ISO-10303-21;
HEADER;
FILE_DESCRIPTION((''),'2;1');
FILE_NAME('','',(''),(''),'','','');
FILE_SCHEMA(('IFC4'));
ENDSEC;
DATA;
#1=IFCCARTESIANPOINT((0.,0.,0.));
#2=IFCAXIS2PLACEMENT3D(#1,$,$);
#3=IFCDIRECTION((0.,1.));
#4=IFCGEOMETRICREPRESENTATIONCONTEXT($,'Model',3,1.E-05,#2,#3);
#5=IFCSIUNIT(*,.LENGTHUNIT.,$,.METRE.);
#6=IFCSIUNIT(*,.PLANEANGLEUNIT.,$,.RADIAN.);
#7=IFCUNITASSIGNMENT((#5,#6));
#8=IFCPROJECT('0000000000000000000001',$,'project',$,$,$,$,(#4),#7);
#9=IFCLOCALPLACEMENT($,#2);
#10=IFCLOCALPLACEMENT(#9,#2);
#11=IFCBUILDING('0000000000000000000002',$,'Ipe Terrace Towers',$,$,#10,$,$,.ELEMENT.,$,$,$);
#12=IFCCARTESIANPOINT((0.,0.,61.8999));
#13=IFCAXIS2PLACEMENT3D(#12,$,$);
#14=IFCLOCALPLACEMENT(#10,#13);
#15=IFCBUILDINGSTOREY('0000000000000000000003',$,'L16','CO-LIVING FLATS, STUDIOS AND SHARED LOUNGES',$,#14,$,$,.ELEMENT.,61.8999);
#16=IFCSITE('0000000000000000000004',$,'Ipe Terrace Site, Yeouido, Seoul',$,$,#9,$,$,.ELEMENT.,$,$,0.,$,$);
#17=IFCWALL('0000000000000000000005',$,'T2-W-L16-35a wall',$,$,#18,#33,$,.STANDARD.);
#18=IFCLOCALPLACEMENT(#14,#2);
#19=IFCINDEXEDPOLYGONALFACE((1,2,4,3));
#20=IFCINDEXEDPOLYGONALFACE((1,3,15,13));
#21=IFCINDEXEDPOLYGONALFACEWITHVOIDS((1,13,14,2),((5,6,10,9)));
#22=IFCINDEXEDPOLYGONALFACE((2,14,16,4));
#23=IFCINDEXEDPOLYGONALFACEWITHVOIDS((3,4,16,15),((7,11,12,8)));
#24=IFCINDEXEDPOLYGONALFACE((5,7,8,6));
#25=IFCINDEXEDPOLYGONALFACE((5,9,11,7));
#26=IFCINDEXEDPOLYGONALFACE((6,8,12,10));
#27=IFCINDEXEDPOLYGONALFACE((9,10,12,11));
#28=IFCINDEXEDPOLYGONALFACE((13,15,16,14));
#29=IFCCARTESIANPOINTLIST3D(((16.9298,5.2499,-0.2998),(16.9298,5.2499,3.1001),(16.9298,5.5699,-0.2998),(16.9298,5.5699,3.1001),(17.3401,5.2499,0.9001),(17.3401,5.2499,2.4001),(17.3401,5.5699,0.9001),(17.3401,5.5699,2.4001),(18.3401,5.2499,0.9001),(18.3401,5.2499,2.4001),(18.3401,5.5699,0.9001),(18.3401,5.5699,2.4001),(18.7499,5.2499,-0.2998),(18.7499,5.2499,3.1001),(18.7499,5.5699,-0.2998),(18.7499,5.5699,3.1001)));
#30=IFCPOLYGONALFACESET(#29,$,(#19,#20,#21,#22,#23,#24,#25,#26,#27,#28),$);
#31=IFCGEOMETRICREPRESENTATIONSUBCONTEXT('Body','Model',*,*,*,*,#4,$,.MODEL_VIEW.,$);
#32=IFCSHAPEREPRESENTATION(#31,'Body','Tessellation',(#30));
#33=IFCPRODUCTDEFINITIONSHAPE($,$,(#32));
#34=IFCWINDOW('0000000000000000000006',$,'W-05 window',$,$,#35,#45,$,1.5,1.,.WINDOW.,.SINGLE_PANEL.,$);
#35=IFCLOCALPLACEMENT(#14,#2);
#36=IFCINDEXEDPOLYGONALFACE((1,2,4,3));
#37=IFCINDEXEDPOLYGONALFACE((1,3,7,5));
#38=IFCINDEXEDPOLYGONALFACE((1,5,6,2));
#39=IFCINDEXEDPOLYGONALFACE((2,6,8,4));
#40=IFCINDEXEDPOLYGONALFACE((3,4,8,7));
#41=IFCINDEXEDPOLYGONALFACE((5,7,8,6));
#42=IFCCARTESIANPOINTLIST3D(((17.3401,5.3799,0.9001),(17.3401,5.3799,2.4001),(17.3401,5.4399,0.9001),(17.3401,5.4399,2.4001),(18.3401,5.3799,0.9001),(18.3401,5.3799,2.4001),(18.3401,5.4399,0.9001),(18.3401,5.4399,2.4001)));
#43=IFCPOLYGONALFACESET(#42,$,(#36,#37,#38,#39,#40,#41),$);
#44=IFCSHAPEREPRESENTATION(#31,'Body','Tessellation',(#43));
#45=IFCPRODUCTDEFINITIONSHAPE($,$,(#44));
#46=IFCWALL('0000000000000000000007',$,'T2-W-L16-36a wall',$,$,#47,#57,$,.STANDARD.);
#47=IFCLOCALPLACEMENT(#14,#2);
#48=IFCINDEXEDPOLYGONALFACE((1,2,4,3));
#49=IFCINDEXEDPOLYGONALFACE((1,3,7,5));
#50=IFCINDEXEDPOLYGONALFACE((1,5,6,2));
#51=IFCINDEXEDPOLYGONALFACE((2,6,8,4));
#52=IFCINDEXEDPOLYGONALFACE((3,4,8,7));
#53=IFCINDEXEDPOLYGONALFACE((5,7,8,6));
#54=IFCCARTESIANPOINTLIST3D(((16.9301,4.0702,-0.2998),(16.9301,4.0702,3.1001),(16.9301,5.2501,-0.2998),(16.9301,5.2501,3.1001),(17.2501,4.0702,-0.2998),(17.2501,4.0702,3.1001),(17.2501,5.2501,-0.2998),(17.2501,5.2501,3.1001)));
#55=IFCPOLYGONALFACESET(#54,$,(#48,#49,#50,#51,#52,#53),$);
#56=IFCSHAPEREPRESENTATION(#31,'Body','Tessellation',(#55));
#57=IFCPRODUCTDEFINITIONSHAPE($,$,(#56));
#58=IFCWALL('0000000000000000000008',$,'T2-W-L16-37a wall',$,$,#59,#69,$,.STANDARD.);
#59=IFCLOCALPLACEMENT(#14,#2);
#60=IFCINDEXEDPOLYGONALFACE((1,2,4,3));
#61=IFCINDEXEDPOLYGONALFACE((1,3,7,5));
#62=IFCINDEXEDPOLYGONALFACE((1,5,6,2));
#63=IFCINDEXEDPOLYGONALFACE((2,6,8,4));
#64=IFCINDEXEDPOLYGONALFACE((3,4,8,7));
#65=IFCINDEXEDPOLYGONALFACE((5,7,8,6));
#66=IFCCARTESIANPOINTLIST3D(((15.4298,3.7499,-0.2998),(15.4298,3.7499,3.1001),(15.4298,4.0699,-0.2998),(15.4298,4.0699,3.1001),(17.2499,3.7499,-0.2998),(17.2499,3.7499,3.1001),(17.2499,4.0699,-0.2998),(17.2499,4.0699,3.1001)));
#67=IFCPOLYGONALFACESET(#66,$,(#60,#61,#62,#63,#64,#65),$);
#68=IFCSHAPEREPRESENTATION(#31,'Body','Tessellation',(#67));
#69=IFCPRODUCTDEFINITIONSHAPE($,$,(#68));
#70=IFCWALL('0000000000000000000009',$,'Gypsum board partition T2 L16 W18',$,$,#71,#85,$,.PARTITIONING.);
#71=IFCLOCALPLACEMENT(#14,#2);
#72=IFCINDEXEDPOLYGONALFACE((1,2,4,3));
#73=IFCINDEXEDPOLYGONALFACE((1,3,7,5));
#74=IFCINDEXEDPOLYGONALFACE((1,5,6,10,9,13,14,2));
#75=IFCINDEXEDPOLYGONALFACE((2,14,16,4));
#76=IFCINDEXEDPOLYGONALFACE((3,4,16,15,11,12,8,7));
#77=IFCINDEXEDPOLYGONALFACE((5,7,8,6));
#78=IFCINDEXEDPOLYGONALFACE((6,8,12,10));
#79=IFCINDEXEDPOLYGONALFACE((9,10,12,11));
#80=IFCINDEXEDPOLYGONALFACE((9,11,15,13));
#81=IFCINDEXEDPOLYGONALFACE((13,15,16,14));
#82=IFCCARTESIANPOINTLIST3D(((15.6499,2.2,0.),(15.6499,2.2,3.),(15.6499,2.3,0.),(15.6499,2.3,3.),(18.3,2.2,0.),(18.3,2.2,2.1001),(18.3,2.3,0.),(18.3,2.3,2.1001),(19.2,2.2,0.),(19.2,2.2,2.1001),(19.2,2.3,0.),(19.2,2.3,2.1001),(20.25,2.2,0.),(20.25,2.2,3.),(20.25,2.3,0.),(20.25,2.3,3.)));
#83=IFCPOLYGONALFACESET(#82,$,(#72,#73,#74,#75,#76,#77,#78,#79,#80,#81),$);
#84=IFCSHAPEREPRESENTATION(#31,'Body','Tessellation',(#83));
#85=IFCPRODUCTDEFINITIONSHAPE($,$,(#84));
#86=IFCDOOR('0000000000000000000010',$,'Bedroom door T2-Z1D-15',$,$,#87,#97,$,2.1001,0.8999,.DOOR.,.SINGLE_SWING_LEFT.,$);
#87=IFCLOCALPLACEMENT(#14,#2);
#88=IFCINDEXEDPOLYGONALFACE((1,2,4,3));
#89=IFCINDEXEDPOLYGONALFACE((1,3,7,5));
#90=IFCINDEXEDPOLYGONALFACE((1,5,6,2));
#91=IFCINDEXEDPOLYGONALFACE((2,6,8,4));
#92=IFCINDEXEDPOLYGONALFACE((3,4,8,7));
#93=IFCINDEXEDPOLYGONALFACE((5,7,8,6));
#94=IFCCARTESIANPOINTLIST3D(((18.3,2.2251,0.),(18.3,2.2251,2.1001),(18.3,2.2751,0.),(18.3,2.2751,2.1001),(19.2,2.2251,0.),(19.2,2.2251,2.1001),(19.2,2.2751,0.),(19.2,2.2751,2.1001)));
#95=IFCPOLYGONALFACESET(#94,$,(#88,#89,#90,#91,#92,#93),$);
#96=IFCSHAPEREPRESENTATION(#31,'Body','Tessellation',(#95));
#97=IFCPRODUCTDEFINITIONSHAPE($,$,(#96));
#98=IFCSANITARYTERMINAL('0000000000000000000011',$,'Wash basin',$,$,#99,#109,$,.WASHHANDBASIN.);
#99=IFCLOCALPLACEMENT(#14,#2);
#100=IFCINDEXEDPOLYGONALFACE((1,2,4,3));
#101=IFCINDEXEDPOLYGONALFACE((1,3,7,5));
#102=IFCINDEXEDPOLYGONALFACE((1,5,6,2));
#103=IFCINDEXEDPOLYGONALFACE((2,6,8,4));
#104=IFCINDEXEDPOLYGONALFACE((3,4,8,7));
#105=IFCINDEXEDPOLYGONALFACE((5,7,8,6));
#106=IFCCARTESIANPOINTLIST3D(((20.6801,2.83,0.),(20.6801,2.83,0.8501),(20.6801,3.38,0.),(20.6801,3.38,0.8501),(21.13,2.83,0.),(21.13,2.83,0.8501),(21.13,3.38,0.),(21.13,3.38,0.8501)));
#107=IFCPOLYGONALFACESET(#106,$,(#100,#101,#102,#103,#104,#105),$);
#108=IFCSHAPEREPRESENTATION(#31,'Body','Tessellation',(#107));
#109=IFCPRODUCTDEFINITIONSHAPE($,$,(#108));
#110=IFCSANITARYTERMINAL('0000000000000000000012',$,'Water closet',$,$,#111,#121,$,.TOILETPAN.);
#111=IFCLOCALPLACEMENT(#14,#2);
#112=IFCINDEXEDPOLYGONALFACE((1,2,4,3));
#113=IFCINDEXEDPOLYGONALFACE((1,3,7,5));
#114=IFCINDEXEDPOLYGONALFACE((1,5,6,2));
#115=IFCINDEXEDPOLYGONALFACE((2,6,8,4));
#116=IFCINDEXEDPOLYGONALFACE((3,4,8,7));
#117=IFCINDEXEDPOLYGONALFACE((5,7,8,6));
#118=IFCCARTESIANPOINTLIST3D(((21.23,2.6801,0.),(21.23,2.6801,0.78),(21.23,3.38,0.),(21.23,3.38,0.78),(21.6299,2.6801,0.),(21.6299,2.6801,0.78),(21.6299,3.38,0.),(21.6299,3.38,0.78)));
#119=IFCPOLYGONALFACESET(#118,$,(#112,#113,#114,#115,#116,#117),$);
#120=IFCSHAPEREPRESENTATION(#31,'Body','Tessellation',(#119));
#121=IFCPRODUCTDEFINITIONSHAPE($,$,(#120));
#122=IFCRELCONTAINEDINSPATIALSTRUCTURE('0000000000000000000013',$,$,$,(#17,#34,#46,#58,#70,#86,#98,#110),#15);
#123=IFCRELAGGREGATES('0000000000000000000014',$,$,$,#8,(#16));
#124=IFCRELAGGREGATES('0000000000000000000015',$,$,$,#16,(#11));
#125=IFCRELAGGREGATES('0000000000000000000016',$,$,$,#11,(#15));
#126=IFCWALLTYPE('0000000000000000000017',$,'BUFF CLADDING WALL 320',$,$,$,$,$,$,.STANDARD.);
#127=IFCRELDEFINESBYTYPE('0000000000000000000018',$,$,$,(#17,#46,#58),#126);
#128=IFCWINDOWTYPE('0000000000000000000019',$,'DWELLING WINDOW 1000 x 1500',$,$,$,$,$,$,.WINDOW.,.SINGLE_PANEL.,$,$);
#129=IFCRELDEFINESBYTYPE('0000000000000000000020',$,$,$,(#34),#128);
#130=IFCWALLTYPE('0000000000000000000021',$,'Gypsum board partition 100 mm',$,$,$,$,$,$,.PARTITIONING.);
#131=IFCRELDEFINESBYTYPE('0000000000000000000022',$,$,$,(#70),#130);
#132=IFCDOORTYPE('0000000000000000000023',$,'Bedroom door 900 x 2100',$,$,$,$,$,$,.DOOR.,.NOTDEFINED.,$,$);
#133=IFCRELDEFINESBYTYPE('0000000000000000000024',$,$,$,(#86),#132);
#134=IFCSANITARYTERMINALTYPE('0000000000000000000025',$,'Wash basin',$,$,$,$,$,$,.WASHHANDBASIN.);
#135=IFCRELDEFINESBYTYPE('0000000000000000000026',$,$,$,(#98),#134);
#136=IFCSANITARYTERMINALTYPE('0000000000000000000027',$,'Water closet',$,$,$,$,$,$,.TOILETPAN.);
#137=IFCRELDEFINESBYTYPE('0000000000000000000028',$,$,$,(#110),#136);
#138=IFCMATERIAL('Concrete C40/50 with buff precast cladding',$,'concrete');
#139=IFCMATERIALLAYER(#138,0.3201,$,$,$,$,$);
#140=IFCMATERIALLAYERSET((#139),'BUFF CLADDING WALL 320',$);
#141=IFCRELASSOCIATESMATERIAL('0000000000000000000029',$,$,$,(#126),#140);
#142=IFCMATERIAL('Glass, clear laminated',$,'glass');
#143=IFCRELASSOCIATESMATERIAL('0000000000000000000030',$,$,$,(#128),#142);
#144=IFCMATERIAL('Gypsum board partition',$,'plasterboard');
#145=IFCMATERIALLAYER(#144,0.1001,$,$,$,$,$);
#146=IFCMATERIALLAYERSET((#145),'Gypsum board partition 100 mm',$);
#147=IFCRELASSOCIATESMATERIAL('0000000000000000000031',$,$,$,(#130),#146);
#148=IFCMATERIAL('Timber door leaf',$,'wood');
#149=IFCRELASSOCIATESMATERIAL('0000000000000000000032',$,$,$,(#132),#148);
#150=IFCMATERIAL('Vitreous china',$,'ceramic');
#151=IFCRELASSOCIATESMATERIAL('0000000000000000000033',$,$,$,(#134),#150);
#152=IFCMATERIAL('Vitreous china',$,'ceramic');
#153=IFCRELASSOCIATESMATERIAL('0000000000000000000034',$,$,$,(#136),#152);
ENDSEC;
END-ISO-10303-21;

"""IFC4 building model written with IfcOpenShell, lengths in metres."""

from ifc_helpers import new_model, si_unit, direction, frame, frame_2d, origin, origin_2d, place, context, subcontext, project, spatial, rectangle, extrude, material, layer, layer_set, type_object, element, fill, save


model = new_model("IFC4")

# Units and contexts
model_context = context("Model", 3, precision=1e-05, world=origin(), true_north=direction((0.0, 1.0)))
body_context = subcontext(model_context, "Body", "Model", "MODEL_VIEW")
ifc_project = project(units=[si_unit("LENGTHUNIT", "METRE"), si_unit("PLANEANGLEUNIT", "RADIAN")], contexts=[model_context])

# Site, building, storey
site_placement = place(None, origin())
site = spatial("IfcSite", under=ifc_project, at=site_placement, Name="Ipe Terrace Site, Yeouido, Seoul", CompositionType="ELEMENT", RefElevation=0.0)
building_placement = place(site_placement, origin())
building = spatial("IfcBuilding", under=site, at=building_placement, Name="Ipe Terrace Towers", CompositionType="ELEMENT")
storey_placement = place(building_placement, frame((0.0, 0.0, 61.8999)))
storey = spatial("IfcBuildingStorey", under=building, at=storey_placement, Name="L16", Description="CO-LIVING FLATS, STUDIOS AND SHARED LOUNGES", CompositionType="ELEMENT", Elevation=61.8999)

# Shared definitions
ifc_material_1 = material(Name="Concrete C40/50 with buff precast cladding", Category="concrete")
ifc_layer_1 = layer(ifc_material_1, 0.3201)
ifc_layer_set_1 = layer_set([ifc_layer_1], Name="BUFF CLADDING WALL 320")
wall_type_1 = type_object("IfcWallType", Name="BUFF CLADDING WALL 320", PredefinedType="STANDARD", material=ifc_layer_set_1)

# Wall, opening, window
wall_1_placement = place(storey_placement, frame((18.75, 5.4099, -0.2998), z_axis=(0.0, 0.0, 1.0), x_axis=(-1.0, 0.0, 0.0)))
wall_1 = element("IfcWall", 1, at=wall_1_placement, inside=storey, type_object=wall_type_1, Name="T2-W-L16-35a wall", PredefinedType="STANDARD", context=body_context, shape_type="SweptSolid", body=[
    extrude(rectangle(XDim=1.8201, YDim=0.3201, at=frame_2d((0.9102, 0.0))), origin(), (0.0, 0.0, 1.0), 3.3999),
])
opening_1_placement = place(wall_1_placement, frame((0.4099, 0.0, 1.2)))
opening_1 = element("IfcOpeningElement", 2, at=opening_1_placement, cuts=wall_1, PredefinedType="OPENING", context=body_context, shape_type="SweptSolid", body=[
    extrude(rectangle(XDim=1.0, YDim=1.5, at=frame_2d((0.5, 0.75))), frame((0.0, 0.1699, 0.0), z_axis=(0.0, -1.0, 0.0), x_axis=(1.0, 0.0, 0.0)), (0.0, 0.0, 1.0), 0.3401),
])
ifc_material_2 = material(Name="Glass, clear laminated", Category="glass")
window_type = type_object("IfcWindowType", Name="DWELLING WINDOW 1000 x 1500", PartitioningType="SINGLE_PANEL", PredefinedType="WINDOW", material=ifc_material_2)
window_placement = place(opening_1_placement, origin())
window = element("IfcWindow", 3, at=window_placement, inside=storey, type_object=window_type, Name="W-05 window", OverallHeight=1.5, OverallWidth=1.0, PartitioningType="SINGLE_PANEL", PredefinedType="WINDOW", context=body_context, shape_type="SweptSolid", body=[
    extrude(rectangle(XDim=1.0, YDim=1.5, at=frame_2d((0.5, 0.75))), frame((0.0, 0.03, 0.0), z_axis=(0.0, -1.0, 0.0), x_axis=(1.0, 0.0, 0.0)), (0.0, 0.0, 1.0), 0.0601),
])
fill(opening_1, window)

# Walls
wall_2_placement = place(storey_placement, frame((17.0901, 5.25, -0.2998), z_axis=(0.0, 0.0, 1.0), x_axis=(0.0, -1.0, 0.0)))
element("IfcWall", 4, at=wall_2_placement, inside=storey, type_object=wall_type_1, Name="T2-W-L16-36a wall", PredefinedType="STANDARD", context=body_context, shape_type="SweptSolid", body=[
    extrude(rectangle(XDim=1.1799, YDim=0.3201, at=frame_2d((0.5898, 0.0))), origin(), (0.0, 0.0, 1.0), 3.3999),
])
wall_3_placement = place(storey_placement, frame((17.25, 3.9099, -0.2998), z_axis=(0.0, 0.0, 1.0), x_axis=(-1.0, 0.0, 0.0)))
element("IfcWall", 5, at=wall_3_placement, inside=storey, type_object=wall_type_1, Name="T2-W-L16-37a wall", PredefinedType="STANDARD", context=body_context, shape_type="SweptSolid", body=[
    extrude(rectangle(XDim=1.8201, YDim=0.3201, at=frame_2d((0.9102, 0.0))), origin(), (0.0, 0.0, 1.0), 3.3999),
])

# Wall, opening, door
ifc_material_3 = material(Name="Gypsum board partition", Category="plasterboard")
ifc_layer_2 = layer(ifc_material_3, 0.1001)
ifc_layer_set_2 = layer_set([ifc_layer_2], Name="Gypsum board partition 100 mm")
wall_type_2 = type_object("IfcWallType", Name="Gypsum board partition 100 mm", PredefinedType="PARTITIONING", material=ifc_layer_set_2)
wall_4_placement = place(storey_placement, frame((20.25, 2.25, 0.0), z_axis=(0.0, 0.0, 1.0), x_axis=(-1.0, 0.0, 0.0)))
wall_4 = element("IfcWall", 6, at=wall_4_placement, inside=storey, type_object=wall_type_2, Name="Gypsum board partition T2 L16 W18", PredefinedType="PARTITIONING", context=body_context, shape_type="SweptSolid", body=[
    extrude(rectangle(XDim=4.6001, YDim=0.1001, at=frame_2d((2.3, 0.0))), origin(), (0.0, 0.0, 1.0), 3.0),
])
opening_2_placement = place(wall_4_placement, frame((1.05, 0.0, 0.0)))
opening_2 = element("IfcOpeningElement", 7, at=opening_2_placement, cuts=wall_4, PredefinedType="OPENING", context=body_context, shape_type="SweptSolid", body=[
    extrude(rectangle(XDim=0.8999, YDim=2.1001, at=frame_2d((0.45, 1.05))), frame((0.0, 0.0601, 0.0), z_axis=(0.0, -1.0, 0.0), x_axis=(1.0, 0.0, 0.0)), (0.0, 0.0, 1.0), 0.1201),
])
ifc_material_4 = material(Name="Timber door leaf", Category="wood")
door_type = type_object("IfcDoorType", Name="Bedroom door 900 x 2100", OperationType="NOTDEFINED", PredefinedType="DOOR", material=ifc_material_4)
door_placement = place(opening_2_placement, origin())
door = element("IfcDoor", 8, at=door_placement, inside=storey, type_object=door_type, Name="Bedroom door T2-Z1D-15", OperationType="SINGLE_SWING_LEFT", OverallHeight=2.1001, OverallWidth=0.8999, PredefinedType="DOOR", context=body_context, shape_type="SweptSolid", body=[
    extrude(rectangle(XDim=0.8999, YDim=2.1001, at=frame_2d((0.45, 1.05))), frame((0.0, 0.0249, 0.0), z_axis=(0.0, -1.0, 0.0), x_axis=(1.0, 0.0, 0.0)), (0.0, 0.0, 1.0), 0.05),
])
fill(opening_2, door)

# Sanitary terminals
ifc_material_5 = material(Name="Vitreous china", Category="ceramic")
sanitary_terminal_type_1 = type_object("IfcSanitaryTerminalType", Name="Wash basin", PredefinedType="WASHHANDBASIN", material=ifc_material_5)
sanitary_terminal_1_placement = place(storey_placement, frame((20.905, 3.105, 0.0), z_axis=(0.0, 0.0, 1.0), x_axis=(0.0, -1.0, 0.0)))
element("IfcSanitaryTerminal", 9, at=sanitary_terminal_1_placement, inside=storey, type_object=sanitary_terminal_type_1, Name="Wash basin", PredefinedType="WASHHANDBASIN", context=body_context, shape_type="SweptSolid", body=[
    extrude(rectangle(XDim=0.55, YDim=0.45, at=origin_2d()), origin(), (0.0, 0.0, 1.0), 0.8501),
])
ifc_material_6 = material(Name="Vitreous china", Category="ceramic")
sanitary_terminal_type_2 = type_object("IfcSanitaryTerminalType", Name="Water closet", PredefinedType="TOILETPAN", material=ifc_material_6)
sanitary_terminal_2_placement = place(storey_placement, frame((21.4299, 3.03, 0.0), z_axis=(0.0, 0.0, 1.0), x_axis=(0.0, -1.0, 0.0)))
element("IfcSanitaryTerminal", 10, at=sanitary_terminal_2_placement, inside=storey, type_object=sanitary_terminal_type_2, Name="Water closet", PredefinedType="TOILETPAN", context=body_context, shape_type="SweptSolid", body=[
    extrude(rectangle(XDim=0.7, YDim=0.3999, at=origin_2d()), origin(), (0.0, 0.0, 1.0), 0.78),
])

save(model, "model.ifc")
